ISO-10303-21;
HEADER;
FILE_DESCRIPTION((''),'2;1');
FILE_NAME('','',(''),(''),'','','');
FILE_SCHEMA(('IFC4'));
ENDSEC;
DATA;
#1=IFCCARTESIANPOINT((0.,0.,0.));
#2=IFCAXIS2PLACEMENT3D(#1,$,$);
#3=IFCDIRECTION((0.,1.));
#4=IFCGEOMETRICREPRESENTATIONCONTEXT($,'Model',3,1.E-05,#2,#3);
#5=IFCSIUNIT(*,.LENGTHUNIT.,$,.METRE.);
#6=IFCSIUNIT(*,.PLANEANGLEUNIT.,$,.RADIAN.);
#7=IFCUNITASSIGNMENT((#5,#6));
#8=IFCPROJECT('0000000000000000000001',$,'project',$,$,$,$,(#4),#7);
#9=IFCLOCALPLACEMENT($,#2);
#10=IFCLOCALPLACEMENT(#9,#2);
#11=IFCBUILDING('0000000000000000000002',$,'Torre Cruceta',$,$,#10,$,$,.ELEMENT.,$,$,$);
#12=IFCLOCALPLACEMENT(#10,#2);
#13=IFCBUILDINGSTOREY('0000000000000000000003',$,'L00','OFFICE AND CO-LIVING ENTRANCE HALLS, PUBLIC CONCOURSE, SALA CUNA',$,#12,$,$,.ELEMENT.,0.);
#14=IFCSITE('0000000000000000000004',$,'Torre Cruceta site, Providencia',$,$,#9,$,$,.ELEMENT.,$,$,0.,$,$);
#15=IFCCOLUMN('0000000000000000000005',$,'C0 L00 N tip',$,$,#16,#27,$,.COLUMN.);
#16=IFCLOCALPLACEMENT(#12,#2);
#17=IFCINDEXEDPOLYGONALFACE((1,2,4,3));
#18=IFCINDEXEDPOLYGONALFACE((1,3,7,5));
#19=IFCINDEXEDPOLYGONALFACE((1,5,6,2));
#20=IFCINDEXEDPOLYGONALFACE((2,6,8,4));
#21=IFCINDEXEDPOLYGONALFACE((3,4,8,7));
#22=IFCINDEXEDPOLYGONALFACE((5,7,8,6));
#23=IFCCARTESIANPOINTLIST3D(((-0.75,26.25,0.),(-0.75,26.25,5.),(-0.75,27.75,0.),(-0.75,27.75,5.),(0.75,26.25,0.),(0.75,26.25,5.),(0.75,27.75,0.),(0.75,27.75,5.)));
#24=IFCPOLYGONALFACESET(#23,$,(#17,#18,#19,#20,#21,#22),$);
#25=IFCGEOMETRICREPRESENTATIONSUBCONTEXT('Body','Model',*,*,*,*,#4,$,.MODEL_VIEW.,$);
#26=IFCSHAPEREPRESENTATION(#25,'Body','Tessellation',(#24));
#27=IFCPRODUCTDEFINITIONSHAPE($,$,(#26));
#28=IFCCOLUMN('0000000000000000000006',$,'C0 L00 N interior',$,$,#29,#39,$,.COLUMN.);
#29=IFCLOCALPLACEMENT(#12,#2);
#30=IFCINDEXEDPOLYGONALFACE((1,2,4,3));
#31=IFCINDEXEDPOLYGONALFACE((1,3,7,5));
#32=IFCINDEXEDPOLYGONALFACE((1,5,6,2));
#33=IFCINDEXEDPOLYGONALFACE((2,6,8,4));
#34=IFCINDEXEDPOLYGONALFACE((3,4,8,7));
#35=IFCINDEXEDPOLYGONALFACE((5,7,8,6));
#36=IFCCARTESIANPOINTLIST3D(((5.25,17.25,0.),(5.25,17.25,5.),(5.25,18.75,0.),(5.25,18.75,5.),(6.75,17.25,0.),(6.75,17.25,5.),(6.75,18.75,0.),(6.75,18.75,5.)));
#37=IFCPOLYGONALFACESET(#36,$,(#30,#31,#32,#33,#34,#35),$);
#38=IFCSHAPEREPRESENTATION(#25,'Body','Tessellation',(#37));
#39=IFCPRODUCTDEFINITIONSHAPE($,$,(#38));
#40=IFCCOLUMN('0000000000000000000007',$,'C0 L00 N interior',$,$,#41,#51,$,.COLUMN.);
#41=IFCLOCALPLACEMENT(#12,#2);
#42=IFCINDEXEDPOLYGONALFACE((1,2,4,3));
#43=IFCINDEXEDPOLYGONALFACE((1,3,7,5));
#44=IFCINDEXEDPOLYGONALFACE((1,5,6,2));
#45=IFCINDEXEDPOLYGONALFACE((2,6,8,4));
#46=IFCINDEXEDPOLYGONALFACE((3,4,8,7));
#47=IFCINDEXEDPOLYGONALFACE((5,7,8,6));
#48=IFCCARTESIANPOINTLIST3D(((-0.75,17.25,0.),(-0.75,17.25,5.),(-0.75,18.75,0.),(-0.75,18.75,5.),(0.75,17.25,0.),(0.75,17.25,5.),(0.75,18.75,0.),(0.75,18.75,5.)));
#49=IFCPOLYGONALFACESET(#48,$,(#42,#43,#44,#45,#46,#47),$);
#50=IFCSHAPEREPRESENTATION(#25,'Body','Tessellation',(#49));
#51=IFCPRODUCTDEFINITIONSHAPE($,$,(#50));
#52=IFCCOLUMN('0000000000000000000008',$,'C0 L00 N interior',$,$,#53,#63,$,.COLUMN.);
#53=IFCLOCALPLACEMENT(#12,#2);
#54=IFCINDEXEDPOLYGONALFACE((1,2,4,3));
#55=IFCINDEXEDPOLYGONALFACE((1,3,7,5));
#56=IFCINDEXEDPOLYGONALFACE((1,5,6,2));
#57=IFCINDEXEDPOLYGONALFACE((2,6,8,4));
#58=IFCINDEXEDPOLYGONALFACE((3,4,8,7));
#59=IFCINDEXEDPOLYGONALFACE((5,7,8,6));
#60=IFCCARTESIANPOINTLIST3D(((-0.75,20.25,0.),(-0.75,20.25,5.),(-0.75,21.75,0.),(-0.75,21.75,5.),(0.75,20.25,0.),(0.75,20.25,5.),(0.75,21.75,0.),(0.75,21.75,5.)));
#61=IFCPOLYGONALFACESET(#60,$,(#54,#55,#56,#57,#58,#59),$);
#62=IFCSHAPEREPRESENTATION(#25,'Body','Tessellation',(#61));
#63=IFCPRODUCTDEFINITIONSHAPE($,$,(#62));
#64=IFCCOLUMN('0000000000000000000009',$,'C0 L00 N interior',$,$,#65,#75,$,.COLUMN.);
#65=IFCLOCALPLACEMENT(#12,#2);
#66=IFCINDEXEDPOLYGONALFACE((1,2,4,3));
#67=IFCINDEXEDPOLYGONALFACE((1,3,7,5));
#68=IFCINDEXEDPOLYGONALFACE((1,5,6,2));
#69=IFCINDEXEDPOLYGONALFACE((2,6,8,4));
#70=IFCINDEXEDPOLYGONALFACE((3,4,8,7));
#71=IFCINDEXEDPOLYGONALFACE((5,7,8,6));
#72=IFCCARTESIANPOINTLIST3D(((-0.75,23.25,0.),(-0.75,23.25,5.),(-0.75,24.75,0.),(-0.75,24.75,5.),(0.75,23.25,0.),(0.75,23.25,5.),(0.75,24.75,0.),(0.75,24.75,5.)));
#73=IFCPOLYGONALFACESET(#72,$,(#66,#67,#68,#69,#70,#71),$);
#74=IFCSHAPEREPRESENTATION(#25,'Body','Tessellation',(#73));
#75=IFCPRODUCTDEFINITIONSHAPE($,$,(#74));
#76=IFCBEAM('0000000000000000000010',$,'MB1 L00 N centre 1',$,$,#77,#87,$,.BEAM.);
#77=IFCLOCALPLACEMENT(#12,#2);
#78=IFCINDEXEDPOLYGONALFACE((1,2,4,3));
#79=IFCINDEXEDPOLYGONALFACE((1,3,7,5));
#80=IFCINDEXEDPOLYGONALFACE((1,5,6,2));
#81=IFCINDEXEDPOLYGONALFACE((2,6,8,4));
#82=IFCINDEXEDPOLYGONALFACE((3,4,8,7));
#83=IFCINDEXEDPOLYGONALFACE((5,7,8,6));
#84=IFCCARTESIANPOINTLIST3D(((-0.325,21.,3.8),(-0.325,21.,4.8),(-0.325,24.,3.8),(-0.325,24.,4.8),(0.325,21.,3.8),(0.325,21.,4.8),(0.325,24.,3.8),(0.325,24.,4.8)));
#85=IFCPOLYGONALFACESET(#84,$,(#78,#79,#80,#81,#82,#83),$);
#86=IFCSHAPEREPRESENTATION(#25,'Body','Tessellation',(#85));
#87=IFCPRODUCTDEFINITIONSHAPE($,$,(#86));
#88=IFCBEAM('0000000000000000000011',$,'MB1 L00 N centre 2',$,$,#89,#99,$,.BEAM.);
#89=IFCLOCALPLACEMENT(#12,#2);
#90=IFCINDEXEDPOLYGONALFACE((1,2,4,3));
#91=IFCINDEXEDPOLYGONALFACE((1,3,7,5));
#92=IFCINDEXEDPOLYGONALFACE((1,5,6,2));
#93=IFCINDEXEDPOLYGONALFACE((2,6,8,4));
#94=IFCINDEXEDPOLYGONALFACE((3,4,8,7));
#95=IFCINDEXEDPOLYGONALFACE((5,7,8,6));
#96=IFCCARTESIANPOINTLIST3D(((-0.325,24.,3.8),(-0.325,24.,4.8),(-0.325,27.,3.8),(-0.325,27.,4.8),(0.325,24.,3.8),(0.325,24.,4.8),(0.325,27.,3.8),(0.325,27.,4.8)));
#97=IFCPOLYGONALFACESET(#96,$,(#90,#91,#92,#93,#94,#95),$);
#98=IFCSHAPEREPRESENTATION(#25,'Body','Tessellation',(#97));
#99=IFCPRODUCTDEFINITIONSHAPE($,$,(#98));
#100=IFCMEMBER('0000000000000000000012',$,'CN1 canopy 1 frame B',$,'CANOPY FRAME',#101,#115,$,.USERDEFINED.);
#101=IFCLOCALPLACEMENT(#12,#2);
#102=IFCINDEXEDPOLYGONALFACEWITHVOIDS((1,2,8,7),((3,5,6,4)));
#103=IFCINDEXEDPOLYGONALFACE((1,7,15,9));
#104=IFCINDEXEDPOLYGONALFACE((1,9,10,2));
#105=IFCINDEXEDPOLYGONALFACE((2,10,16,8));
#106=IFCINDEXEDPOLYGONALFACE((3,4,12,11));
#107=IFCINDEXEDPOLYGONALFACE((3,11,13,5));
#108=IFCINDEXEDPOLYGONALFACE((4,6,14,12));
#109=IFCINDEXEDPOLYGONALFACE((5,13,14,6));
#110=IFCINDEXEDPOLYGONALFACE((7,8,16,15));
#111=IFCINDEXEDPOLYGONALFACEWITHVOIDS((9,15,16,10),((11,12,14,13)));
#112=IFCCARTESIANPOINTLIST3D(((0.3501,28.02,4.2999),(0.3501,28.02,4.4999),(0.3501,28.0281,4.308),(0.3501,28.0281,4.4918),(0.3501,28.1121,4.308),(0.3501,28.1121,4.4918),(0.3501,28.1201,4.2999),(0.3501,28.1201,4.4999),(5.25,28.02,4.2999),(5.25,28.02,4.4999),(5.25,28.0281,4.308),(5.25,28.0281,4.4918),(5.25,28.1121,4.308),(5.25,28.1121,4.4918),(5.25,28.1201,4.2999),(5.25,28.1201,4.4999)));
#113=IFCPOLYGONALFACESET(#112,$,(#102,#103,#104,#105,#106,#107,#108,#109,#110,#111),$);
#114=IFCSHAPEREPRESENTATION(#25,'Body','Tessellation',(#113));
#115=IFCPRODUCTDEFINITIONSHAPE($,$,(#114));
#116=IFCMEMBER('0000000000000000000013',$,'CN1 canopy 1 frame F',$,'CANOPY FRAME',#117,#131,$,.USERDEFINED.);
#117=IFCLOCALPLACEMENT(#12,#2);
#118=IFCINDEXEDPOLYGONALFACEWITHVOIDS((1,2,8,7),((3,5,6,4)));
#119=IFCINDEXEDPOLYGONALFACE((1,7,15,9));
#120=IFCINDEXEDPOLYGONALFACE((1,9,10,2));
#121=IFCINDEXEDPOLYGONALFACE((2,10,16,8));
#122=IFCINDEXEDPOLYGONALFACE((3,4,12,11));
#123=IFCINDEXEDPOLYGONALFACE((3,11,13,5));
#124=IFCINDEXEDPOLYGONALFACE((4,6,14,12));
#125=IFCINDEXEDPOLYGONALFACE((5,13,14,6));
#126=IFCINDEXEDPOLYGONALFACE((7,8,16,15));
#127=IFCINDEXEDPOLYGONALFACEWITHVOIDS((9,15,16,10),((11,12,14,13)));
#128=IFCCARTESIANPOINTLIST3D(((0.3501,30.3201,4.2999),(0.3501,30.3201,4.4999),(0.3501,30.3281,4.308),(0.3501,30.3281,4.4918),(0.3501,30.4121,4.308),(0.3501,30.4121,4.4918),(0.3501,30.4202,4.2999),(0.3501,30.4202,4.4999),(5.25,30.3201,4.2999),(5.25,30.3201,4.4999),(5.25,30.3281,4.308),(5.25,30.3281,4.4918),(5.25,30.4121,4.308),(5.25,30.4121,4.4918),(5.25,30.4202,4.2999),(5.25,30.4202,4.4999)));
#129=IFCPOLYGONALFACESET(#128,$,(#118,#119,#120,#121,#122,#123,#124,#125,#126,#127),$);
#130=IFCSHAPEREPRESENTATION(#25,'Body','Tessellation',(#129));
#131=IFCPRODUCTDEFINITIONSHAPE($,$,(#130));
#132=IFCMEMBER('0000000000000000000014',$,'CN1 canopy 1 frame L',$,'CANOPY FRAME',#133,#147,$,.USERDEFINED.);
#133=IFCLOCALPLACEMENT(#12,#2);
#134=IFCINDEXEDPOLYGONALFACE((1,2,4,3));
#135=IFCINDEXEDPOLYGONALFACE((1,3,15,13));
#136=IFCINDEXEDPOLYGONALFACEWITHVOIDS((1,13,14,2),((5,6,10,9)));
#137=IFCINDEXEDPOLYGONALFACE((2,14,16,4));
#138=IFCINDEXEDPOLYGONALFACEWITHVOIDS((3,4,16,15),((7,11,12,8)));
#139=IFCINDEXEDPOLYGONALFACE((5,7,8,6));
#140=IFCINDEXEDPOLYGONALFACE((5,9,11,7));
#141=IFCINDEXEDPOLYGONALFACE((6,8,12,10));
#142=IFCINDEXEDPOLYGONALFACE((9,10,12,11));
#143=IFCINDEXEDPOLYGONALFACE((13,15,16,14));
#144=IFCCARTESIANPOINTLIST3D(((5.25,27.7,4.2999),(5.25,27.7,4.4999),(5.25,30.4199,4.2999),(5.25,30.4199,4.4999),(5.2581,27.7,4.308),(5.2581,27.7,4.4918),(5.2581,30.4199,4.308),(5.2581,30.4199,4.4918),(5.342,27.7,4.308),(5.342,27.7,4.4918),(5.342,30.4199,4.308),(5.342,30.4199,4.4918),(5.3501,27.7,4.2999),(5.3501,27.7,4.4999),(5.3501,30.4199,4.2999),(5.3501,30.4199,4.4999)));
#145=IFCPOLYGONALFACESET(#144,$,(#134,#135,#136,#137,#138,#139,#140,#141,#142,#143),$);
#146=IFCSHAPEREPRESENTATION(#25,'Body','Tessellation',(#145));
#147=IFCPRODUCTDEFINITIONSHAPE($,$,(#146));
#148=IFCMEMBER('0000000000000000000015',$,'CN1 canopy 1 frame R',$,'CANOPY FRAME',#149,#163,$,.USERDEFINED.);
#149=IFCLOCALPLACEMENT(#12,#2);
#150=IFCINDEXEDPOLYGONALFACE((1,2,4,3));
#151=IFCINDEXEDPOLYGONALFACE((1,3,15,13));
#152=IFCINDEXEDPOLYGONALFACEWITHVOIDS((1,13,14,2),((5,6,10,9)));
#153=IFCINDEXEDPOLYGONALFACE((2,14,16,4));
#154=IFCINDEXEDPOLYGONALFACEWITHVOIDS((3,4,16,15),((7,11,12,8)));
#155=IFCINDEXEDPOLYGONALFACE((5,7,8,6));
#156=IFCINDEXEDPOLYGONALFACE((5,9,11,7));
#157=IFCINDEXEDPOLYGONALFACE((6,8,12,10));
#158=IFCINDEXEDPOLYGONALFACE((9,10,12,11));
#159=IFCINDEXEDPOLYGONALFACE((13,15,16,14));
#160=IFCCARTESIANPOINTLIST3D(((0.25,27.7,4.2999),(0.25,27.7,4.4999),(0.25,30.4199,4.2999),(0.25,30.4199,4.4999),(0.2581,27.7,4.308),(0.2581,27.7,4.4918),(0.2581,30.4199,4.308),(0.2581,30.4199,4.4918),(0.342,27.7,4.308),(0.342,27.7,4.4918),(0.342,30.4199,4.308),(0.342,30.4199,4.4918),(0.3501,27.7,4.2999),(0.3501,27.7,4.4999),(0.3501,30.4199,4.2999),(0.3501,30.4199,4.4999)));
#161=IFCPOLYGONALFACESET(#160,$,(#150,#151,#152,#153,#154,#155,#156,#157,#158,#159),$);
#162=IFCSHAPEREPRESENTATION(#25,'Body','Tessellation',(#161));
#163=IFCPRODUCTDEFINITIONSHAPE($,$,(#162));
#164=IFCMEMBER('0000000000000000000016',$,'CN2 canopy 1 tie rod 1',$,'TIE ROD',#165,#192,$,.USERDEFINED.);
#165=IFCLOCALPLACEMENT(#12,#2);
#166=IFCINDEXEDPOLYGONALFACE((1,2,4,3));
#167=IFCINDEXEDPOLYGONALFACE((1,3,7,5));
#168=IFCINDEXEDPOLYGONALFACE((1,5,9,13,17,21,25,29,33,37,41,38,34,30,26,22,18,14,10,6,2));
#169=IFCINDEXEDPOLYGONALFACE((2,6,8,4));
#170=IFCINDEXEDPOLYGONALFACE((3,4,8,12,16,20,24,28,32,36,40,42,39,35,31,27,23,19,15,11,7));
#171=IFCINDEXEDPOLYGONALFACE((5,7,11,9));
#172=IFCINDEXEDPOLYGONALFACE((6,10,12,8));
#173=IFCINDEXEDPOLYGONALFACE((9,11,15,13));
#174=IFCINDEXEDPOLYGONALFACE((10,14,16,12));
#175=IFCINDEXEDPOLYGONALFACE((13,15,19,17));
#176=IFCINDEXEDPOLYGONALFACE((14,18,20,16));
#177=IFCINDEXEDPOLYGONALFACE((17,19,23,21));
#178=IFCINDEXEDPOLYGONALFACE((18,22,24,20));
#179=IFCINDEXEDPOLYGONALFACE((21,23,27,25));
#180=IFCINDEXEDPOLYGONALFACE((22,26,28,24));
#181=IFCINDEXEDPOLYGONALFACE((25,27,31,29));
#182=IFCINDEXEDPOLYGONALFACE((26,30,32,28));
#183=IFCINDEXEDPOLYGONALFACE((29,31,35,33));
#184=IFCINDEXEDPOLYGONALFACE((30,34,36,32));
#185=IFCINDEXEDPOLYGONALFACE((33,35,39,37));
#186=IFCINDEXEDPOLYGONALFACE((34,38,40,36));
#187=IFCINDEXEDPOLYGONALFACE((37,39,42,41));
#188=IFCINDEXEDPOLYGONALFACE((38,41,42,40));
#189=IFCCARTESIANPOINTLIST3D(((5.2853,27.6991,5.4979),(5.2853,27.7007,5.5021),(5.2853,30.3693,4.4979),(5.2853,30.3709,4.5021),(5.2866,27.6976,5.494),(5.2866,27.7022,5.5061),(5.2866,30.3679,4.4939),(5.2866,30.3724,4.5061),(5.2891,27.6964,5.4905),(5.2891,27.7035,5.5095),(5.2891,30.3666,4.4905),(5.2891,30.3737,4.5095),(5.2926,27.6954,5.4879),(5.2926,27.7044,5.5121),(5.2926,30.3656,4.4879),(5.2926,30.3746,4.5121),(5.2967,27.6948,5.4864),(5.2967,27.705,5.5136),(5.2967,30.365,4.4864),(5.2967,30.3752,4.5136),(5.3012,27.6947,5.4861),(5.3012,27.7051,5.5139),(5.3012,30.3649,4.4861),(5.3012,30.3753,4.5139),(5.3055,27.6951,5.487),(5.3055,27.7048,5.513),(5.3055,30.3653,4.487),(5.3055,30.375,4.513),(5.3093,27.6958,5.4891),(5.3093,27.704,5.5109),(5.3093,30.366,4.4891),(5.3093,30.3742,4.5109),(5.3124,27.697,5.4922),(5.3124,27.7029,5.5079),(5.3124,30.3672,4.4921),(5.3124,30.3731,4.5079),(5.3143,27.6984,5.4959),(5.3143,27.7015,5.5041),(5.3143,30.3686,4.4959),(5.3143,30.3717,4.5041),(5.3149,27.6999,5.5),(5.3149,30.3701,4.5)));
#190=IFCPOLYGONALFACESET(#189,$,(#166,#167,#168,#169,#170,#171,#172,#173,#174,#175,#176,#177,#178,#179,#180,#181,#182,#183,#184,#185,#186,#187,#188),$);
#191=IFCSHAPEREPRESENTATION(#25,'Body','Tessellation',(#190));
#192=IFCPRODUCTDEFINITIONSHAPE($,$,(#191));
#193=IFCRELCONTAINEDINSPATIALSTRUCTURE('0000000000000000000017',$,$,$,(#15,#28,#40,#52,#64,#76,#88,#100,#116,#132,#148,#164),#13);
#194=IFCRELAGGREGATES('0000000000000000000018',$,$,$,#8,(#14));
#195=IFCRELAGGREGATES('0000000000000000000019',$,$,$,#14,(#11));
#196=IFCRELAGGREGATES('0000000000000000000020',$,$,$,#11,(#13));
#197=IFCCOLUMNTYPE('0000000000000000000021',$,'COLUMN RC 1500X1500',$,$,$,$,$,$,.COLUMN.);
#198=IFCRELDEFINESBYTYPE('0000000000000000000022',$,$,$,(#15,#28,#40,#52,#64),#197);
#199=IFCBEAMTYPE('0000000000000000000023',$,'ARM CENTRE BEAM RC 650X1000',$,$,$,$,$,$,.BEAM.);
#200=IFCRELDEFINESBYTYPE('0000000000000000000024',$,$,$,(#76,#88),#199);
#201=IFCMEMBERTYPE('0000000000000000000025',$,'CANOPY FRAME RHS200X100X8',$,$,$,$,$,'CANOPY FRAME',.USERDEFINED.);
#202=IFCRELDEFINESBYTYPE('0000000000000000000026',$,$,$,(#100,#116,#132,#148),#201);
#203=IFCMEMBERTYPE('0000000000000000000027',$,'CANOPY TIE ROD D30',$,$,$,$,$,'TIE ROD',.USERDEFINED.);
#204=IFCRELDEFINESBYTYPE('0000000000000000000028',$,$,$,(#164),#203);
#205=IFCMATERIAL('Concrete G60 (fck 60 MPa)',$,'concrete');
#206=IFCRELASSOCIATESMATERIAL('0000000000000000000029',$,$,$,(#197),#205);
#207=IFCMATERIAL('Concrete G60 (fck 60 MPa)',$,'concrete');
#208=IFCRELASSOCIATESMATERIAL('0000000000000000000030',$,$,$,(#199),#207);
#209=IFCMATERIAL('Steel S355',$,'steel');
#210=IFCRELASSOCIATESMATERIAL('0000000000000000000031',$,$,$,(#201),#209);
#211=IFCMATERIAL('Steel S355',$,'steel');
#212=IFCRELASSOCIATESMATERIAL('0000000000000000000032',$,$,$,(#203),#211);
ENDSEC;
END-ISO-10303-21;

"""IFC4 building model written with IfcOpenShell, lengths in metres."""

from ifc_helpers import new_model, si_unit, direction, frame, origin, origin_2d, place, context, subcontext, project, spatial, rectangle, hollow_rectangle, circle, extrude, material, material_profile, profile_set, type_object, element, save


model = new_model("IFC4")

# Units and contexts
model_context = context("Model", 3, precision=1e-05, world=origin(), true_north=direction((0.0, 1.0)))
body_context = subcontext(model_context, "Body", "Model", "MODEL_VIEW")
ifc_project = project(units=[si_unit("LENGTHUNIT", "METRE"), si_unit("PLANEANGLEUNIT", "RADIAN")], contexts=[model_context])

# Site, building, storey
site_placement = place(None, origin())
site = spatial("IfcSite", under=ifc_project, at=site_placement, Name="Torre Cruceta site, Providencia", CompositionType="ELEMENT", RefElevation=0.0)
building_placement = place(site_placement, origin())
building = spatial("IfcBuilding", under=site, at=building_placement, Name="Torre Cruceta", CompositionType="ELEMENT")
storey_placement = place(building_placement, origin())
storey = spatial("IfcBuildingStorey", under=building, at=storey_placement, Name="L00", Description="OFFICE AND CO-LIVING ENTRANCE HALLS, PUBLIC CONCOURSE, SALA CUNA", CompositionType="ELEMENT", Elevation=0.0)

# Columns
ifc_material_1 = material(Name="Concrete G60 (fck 60 MPa)", Category="concrete")
ifc_material_profile_1 = material_profile(ifc_material_1, rectangle(XDim=1.5, YDim=1.5, at=origin_2d()), Name="RC 1500X1500")
ifc_profile_set_1 = profile_set([ifc_material_profile_1], Name="Concrete G60 (fck 60 MPa)")
column_type = type_object("IfcColumnType", Name="COLUMN RC 1500X1500", PredefinedType="COLUMN", material=ifc_profile_set_1)
for number, where, z_axis, x_axis, name in (
    (1, (0.0, 27.0, 0.0), (0.0, 0.0, 1.0), (1.0, 0.0, 0.0), "C0 L00 N tip"),
    (2, (6.0, 18.0, 0.0), (0.0, 0.0, 1.0), (1.0, 0.0, 0.0), "C0 L00 N interior"),
    (3, (0.0, 18.0, 0.0), (0.0, 0.0, 1.0), (1.0, 0.0, 0.0), "C0 L00 N interior"),
    (4, (0.0, 21.0, 0.0), (0.0, 0.0, 1.0), (1.0, 0.0, 0.0), "C0 L00 N interior"),
    (5, (0.0, 24.0, 0.0), (0.0, 0.0, 1.0), (1.0, 0.0, 0.0), "C0 L00 N interior"),
):
    element("IfcColumn", number, at=place(storey_placement, frame(where, z_axis=z_axis, x_axis=x_axis)), inside=storey, type_object=column_type, Name=name, PredefinedType="COLUMN", context=body_context, shape_type="SweptSolid", body=[
        extrude(rectangle(XDim=1.5, YDim=1.5, at=origin_2d()), origin(), (0.0, 0.0, 1.0), 5.0),
    ])

# Beams
ifc_material_2 = material(Name="Concrete G60 (fck 60 MPa)", Category="concrete")
ifc_material_profile_2 = material_profile(ifc_material_2, rectangle(XDim=0.6499, YDim=1.0, at=origin_2d()), Name="RC 650X1000")
ifc_profile_set_2 = profile_set([ifc_material_profile_2], Name="Concrete G60 (fck 60 MPa)")
beam_type_1 = type_object("IfcBeamType", Name="ARM CENTRE BEAM RC 650X1000", PredefinedType="BEAM", material=ifc_profile_set_2)
for number, where, z_axis, x_axis, name in (
    (6, (0.0, 21.0, 4.3), (0.0, 1.0, 0.0), (-1.0, 0.0, 0.0), "MB1 L00 N centre 1"),
    (7, (0.0, 24.0, 4.3), (0.0, 1.0, 0.0), (-1.0, 0.0, 0.0), "MB1 L00 N centre 2"),
):
    element("IfcBeam", number, at=place(storey_placement, frame(where, z_axis=z_axis, x_axis=x_axis)), inside=storey, type_object=beam_type_1, Name=name, PredefinedType="BEAM", context=body_context, shape_type="SweptSolid", body=[
        extrude(rectangle(XDim=0.6499, YDim=1.0, at=origin_2d()), origin(), (0.0, 0.0, 1.0), 3.0),
    ])

# Members
ifc_material_3 = material(Name="Steel S355", Category="steel")
ifc_material_profile_3 = material_profile(ifc_material_3, hollow_rectangle(XDim=0.1001, YDim=0.2, WallThickness=0.0081, at=origin_2d()), Name="RHS200X100X8")
ifc_profile_set_3 = profile_set([ifc_material_profile_3], Name="Steel S355")
member_type_1 = type_object("IfcMemberType", Name="CANOPY FRAME RHS200X100X8", ElementType="CANOPY FRAME", PredefinedType="USERDEFINED", material=ifc_profile_set_3)
for number, where, z_axis, x_axis, name in (
    (8, (5.25, 28.0701, 4.3999), (-1.0, 0.0, 0.0), (0.0, -1.0, 0.0), "CN1 canopy 1 frame B"),
    (9, (5.25, 30.3701, 4.3999), (-1.0, 0.0, 0.0), (0.0, -1.0, 0.0), "CN1 canopy 1 frame F"),
):
    element("IfcMember", number, at=place(storey_placement, frame(where, z_axis=z_axis, x_axis=x_axis)), inside=storey, type_object=member_type_1, Name=name, ObjectType="CANOPY FRAME", PredefinedType="USERDEFINED", context=body_context, shape_type="SweptSolid", body=[
        extrude(hollow_rectangle(XDim=0.1001, YDim=0.2, WallThickness=0.0081, at=origin_2d()), origin(), (0.0, 0.0, 1.0), 4.8999),
    ])
for number, where, z_axis, x_axis, name in (
    (10, (5.3, 27.7, 4.3999), (0.0, 1.0, 0.0), (-1.0, 0.0, 0.0), "CN1 canopy 1 frame L"),
    (11, (0.3, 27.7, 4.3999), (0.0, 1.0, 0.0), (-1.0, 0.0, 0.0), "CN1 canopy 1 frame R"),
):
    element("IfcMember", number, at=place(storey_placement, frame(where, z_axis=z_axis, x_axis=x_axis)), inside=storey, type_object=member_type_1, Name=name, ObjectType="CANOPY FRAME", PredefinedType="USERDEFINED", context=body_context, shape_type="SweptSolid", body=[
        extrude(hollow_rectangle(XDim=0.1001, YDim=0.2, WallThickness=0.0081, at=origin_2d()), origin(), (0.0, 0.0, 1.0), 2.72),
    ])
ifc_material_4 = material(Name="Steel S355", Category="steel")
ifc_material_profile_4 = material_profile(ifc_material_4, circle(Radius=0.0149, at=origin_2d()), Name="ROD D30")
ifc_profile_set_4 = profile_set([ifc_material_profile_4], Name="Steel S355")
member_type_2 = type_object("IfcMemberType", Name="CANOPY TIE ROD D30", ElementType="TIE ROD", PredefinedType="USERDEFINED", material=ifc_profile_set_4)
for number, where, z_axis, x_axis, name in (
    (12, (5.3, 30.3701, 4.5), (0.0, -0.93648, 0.35072), (1.0, 0.0, 0.0), "CN2 canopy 1 tie rod 1"),
):
    element("IfcMember", number, at=place(storey_placement, frame(where, z_axis=z_axis, x_axis=x_axis)), inside=storey, type_object=member_type_2, Name=name, ObjectType="TIE ROD", PredefinedType="USERDEFINED", context=body_context, shape_type="SweptSolid", body=[
        extrude(circle(Radius=0.0149, at=origin_2d()), origin(), (0.0, 0.0, 1.0), 2.8513),
    ])

save(model, "model.ifc")
